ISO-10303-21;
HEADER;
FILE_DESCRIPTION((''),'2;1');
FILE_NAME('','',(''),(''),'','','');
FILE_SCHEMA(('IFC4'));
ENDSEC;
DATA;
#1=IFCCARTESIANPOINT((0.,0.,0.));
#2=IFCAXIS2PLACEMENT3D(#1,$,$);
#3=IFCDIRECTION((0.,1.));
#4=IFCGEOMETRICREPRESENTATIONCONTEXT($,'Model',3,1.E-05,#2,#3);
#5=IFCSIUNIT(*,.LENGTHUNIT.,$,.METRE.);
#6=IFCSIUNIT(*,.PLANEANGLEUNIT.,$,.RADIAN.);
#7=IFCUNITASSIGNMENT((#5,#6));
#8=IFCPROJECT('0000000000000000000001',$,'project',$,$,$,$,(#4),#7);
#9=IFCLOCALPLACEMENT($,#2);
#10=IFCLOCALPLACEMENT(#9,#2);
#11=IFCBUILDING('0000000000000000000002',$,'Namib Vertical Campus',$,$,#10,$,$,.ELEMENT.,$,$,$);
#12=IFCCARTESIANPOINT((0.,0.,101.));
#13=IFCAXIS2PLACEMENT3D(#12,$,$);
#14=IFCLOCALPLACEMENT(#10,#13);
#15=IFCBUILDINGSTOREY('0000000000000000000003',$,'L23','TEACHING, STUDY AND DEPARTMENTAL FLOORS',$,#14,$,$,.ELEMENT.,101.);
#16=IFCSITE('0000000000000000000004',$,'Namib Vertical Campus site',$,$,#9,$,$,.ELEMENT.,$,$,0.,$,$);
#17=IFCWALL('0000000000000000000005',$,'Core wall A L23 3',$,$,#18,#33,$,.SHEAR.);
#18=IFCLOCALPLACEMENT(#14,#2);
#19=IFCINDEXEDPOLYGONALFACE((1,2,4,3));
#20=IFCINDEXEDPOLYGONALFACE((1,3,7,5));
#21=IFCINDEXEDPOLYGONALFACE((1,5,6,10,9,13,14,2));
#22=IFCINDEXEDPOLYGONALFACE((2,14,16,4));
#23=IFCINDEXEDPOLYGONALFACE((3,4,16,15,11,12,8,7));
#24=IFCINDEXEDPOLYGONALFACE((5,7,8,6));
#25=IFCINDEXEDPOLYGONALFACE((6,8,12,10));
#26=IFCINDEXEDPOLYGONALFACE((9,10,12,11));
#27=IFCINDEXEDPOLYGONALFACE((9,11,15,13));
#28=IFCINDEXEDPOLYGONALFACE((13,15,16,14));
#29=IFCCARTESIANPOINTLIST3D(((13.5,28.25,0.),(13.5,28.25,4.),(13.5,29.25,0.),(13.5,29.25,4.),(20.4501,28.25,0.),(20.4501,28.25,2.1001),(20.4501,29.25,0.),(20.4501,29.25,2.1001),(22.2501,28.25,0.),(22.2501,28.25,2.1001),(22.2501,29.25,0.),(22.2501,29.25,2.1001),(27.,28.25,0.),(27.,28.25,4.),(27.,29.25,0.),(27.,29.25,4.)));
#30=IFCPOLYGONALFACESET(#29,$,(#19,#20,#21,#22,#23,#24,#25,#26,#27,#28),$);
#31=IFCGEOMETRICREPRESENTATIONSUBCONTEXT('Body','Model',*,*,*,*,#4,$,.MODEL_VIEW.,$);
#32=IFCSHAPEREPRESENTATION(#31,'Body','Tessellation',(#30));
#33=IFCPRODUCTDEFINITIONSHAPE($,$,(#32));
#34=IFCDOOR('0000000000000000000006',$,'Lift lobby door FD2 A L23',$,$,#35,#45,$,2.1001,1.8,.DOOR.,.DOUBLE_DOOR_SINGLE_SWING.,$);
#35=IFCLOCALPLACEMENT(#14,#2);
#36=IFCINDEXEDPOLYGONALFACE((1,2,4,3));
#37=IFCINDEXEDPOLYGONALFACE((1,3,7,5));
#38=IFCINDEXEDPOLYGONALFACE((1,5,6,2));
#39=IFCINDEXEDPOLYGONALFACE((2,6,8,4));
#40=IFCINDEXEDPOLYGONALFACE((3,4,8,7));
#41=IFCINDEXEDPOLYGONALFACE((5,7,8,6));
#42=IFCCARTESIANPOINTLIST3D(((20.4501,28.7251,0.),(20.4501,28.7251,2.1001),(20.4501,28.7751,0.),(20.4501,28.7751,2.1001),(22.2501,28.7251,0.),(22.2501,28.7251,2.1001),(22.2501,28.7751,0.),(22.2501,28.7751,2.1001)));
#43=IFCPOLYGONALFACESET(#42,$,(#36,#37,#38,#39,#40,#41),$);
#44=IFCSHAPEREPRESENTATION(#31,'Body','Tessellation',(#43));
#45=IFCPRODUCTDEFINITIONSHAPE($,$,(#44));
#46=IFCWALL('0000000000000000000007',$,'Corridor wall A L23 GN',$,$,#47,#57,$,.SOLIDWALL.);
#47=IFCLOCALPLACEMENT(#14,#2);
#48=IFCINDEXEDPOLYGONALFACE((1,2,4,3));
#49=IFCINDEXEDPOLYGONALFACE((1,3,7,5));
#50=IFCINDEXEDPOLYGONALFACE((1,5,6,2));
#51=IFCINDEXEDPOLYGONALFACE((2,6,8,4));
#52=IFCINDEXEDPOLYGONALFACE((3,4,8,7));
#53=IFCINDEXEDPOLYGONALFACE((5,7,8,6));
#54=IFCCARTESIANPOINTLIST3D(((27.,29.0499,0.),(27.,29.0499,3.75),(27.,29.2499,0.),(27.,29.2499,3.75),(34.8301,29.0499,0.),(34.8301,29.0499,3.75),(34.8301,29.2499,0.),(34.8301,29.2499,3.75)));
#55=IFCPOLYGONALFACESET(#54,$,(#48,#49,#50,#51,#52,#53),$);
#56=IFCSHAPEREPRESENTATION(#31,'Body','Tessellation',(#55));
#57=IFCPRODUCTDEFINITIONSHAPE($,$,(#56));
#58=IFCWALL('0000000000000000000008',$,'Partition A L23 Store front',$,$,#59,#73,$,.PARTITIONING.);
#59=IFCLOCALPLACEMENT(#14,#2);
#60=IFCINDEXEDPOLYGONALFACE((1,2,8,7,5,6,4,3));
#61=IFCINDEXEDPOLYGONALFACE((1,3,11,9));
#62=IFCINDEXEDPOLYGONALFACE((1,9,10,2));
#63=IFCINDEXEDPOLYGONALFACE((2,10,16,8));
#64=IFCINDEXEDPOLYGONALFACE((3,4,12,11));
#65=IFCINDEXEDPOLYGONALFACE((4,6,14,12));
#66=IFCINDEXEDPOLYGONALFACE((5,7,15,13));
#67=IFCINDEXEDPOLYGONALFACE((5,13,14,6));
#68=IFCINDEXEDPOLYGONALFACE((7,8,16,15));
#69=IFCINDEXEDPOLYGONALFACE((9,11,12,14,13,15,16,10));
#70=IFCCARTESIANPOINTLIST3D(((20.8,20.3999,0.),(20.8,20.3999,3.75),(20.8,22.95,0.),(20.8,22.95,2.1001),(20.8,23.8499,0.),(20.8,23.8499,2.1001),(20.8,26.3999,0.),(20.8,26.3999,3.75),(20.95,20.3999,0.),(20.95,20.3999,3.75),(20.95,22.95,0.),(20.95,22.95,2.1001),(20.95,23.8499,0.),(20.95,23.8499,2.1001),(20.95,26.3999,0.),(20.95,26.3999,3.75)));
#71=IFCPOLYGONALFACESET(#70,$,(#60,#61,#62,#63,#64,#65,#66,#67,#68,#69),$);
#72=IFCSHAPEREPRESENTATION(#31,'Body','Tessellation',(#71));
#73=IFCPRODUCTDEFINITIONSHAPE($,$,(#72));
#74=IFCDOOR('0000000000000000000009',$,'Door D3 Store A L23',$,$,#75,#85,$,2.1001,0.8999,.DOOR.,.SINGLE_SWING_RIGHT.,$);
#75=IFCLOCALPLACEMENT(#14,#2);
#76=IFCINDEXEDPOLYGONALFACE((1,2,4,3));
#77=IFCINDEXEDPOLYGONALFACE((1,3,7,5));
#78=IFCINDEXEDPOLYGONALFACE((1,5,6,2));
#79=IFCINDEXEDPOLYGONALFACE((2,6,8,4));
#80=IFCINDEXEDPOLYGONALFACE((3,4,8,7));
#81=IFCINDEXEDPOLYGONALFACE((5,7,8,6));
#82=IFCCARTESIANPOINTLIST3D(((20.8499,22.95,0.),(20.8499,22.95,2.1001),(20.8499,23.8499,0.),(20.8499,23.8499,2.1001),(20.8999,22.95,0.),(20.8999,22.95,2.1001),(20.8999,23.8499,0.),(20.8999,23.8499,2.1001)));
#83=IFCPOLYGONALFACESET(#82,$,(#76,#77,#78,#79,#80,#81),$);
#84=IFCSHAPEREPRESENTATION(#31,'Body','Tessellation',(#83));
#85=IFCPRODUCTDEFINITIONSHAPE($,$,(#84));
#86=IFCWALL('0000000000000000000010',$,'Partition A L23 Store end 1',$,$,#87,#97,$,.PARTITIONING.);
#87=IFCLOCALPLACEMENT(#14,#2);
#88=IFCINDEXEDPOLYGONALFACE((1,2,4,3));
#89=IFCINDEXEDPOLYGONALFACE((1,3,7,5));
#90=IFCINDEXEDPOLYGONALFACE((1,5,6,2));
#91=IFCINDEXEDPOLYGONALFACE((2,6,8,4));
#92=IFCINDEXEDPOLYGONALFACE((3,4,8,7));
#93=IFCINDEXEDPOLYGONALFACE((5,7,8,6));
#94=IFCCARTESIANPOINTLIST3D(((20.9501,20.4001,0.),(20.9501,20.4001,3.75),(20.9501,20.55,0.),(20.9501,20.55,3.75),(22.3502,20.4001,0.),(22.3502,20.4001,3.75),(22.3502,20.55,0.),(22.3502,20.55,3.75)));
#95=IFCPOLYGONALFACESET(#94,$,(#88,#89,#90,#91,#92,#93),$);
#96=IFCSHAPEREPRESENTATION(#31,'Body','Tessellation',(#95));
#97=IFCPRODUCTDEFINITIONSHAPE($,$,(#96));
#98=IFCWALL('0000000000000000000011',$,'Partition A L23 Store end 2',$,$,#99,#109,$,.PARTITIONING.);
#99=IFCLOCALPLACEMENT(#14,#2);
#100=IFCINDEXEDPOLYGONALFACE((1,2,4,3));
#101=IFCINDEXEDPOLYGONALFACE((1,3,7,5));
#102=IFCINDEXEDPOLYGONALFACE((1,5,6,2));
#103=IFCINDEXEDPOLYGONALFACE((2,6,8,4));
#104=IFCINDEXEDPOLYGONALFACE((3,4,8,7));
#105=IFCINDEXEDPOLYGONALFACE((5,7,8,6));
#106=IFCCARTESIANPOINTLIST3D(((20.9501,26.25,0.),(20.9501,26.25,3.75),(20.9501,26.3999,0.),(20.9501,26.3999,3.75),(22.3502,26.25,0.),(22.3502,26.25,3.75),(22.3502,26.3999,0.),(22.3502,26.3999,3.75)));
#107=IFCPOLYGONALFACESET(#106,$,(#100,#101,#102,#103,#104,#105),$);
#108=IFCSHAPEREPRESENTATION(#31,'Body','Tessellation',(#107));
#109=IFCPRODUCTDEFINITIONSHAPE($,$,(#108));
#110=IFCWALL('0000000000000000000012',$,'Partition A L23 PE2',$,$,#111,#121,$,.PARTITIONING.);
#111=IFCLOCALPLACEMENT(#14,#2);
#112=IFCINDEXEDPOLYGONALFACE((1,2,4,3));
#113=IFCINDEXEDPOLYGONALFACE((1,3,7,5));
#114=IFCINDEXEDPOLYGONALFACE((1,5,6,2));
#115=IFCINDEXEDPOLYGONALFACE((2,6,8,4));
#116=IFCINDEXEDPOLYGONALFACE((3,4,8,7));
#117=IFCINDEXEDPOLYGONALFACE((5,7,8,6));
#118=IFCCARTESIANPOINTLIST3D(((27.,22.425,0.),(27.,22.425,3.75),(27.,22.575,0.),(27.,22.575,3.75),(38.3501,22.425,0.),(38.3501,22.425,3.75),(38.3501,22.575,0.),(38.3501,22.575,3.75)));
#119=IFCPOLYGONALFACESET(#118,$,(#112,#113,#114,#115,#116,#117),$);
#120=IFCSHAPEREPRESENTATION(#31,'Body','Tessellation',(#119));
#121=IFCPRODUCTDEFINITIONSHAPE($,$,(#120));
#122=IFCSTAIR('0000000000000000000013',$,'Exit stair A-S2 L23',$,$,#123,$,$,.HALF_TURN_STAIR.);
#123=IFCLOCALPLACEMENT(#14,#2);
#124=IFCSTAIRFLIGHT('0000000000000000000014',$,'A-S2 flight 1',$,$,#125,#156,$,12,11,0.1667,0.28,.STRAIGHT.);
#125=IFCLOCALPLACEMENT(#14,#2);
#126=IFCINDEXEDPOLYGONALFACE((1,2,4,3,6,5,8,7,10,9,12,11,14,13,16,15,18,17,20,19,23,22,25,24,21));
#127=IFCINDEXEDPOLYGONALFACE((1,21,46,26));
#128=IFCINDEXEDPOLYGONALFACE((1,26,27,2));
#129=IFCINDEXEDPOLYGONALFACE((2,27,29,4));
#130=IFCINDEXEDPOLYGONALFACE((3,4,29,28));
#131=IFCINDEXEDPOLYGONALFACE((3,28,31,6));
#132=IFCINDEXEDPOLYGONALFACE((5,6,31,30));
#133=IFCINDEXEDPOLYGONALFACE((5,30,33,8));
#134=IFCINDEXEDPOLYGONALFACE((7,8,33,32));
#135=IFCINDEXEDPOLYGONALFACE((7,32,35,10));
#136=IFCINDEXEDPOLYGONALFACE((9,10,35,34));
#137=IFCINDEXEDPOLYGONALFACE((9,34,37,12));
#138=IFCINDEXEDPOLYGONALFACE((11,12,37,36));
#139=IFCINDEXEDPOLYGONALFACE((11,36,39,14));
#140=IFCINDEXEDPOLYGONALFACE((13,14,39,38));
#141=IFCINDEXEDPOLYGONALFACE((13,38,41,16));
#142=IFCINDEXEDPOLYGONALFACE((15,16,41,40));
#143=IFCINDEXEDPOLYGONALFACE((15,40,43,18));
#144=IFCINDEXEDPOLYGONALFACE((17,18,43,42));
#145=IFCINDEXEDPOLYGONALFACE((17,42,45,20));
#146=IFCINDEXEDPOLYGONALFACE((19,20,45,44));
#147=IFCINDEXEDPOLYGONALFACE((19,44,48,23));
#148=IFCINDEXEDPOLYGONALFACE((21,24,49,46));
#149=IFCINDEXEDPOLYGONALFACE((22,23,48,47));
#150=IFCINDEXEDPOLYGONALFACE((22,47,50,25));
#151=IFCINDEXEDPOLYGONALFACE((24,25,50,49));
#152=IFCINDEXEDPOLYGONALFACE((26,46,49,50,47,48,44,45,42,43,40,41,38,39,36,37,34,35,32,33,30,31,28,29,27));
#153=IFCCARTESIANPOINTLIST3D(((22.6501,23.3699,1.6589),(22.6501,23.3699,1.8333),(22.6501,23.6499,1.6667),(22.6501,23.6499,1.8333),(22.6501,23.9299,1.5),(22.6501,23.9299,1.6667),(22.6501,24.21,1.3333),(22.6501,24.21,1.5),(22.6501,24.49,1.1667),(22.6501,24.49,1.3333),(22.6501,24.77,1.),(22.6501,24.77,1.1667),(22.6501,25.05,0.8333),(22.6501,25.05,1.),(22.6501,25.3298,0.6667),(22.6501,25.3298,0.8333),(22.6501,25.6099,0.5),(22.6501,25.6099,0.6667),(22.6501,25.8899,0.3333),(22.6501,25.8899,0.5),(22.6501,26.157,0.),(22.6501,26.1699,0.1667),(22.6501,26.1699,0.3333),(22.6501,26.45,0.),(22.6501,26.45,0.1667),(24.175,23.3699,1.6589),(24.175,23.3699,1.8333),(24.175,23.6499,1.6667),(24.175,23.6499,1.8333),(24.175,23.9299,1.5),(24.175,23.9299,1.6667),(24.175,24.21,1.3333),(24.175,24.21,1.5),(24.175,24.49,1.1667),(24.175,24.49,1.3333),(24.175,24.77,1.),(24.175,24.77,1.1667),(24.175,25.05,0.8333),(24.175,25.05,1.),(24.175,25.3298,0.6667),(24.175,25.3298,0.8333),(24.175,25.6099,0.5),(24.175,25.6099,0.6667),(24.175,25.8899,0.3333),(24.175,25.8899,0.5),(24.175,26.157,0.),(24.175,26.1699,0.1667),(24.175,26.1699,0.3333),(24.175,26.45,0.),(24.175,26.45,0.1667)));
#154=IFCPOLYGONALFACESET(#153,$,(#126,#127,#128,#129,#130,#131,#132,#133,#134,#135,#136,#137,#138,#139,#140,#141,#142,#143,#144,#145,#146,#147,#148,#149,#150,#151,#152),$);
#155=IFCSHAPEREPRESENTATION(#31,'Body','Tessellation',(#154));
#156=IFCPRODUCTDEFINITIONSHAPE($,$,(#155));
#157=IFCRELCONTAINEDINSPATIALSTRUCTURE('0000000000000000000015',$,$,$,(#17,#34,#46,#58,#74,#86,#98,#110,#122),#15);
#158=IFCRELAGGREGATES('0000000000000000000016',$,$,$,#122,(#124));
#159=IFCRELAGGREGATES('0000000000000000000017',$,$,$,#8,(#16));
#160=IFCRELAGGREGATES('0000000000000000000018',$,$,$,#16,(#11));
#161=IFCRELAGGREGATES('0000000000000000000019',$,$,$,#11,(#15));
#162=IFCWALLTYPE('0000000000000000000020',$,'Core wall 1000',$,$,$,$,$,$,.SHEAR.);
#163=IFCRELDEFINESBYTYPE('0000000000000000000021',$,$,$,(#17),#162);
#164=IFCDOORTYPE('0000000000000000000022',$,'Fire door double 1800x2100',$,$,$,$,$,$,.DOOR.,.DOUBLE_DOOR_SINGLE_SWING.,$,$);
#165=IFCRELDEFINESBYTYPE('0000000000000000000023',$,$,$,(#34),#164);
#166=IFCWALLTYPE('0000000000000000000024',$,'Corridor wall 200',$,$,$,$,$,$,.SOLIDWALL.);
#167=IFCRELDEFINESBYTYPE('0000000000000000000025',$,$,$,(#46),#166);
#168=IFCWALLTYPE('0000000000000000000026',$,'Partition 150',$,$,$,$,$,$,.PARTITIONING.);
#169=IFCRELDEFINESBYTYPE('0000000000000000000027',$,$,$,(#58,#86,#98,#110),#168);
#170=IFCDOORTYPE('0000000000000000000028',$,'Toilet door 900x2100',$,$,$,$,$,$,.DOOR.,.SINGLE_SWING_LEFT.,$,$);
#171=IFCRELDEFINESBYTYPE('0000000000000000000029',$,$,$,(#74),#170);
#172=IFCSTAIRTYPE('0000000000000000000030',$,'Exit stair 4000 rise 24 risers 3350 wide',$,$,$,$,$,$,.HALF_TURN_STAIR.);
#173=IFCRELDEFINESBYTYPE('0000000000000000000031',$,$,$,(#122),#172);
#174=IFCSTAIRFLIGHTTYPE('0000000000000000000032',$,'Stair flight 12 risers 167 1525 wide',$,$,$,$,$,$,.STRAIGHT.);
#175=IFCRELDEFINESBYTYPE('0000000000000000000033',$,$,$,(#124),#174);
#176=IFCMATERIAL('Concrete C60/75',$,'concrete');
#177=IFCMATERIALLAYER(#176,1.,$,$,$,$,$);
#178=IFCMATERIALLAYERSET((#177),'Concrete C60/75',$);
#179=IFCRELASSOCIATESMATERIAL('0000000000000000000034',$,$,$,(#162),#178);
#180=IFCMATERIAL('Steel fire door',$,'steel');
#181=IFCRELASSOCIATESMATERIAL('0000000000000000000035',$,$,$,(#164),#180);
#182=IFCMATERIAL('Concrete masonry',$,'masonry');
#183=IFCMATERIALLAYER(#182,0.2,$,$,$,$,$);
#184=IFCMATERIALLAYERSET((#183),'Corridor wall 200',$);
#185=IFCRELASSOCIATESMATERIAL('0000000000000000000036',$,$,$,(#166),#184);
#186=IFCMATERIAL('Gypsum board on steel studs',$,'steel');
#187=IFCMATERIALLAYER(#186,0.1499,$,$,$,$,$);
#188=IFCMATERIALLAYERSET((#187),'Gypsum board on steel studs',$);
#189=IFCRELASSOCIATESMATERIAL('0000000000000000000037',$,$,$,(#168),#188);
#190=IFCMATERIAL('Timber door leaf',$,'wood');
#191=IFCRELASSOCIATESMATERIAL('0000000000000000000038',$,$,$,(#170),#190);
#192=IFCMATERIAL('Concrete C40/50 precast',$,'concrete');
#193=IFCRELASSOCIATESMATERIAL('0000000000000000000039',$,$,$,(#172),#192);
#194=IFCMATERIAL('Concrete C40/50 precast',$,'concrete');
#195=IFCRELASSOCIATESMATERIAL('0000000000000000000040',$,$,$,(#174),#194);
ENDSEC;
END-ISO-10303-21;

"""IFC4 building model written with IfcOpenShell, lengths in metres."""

from ifc_helpers import new_model, si_unit, direction, frame, frame_2d, origin, place, context, subcontext, project, spatial, polyline, rectangle, outline, extrude, material, layer, layer_set, type_object, element, fill, aggregate, save


model = new_model("IFC4")

# Units and contexts
model_context = context("Model", 3, precision=1e-05, world=origin(), true_north=direction((0.0, 1.0)))
body_context = subcontext(model_context, "Body", "Model", "MODEL_VIEW")
ifc_project = project(units=[si_unit("LENGTHUNIT", "METRE"), si_unit("PLANEANGLEUNIT", "RADIAN")], contexts=[model_context])

# Site, building, storey
site_placement = place(None, origin())
site = spatial("IfcSite", under=ifc_project, at=site_placement, Name="Namib Vertical Campus site", CompositionType="ELEMENT", RefElevation=0.0)
building_placement = place(site_placement, origin())
building = spatial("IfcBuilding", under=site, at=building_placement, Name="Namib Vertical Campus", CompositionType="ELEMENT")
storey_placement = place(building_placement, frame((0.0, 0.0, 101.0)))
storey = spatial("IfcBuildingStorey", under=building, at=storey_placement, Name="L23", Description="TEACHING, STUDY AND DEPARTMENTAL FLOORS", CompositionType="ELEMENT", Elevation=101.0)

# Wall, opening, door
ifc_material_1 = material(Name="Concrete C60/75", Category="concrete")
ifc_layer_1 = layer(ifc_material_1, 1.0)
ifc_layer_set_1 = layer_set([ifc_layer_1], Name="Concrete C60/75")
wall_type_1 = type_object("IfcWallType", Name="Core wall 1000", PredefinedType="SHEAR", material=ifc_layer_set_1)
wall_1_placement = place(storey_placement, frame((27.0, 28.75, 0.0), z_axis=(0.0, 0.0, 1.0), x_axis=(-1.0, 0.0, 0.0)))
wall_1 = element("IfcWall", 1, at=wall_1_placement, inside=storey, type_object=wall_type_1, Name="Core wall A L23 3", PredefinedType="SHEAR", context=body_context, shape_type="SweptSolid", body=[
    extrude(rectangle(XDim=13.5, YDim=1.0, at=frame_2d((6.75, 0.0))), origin(), (0.0, 0.0, 1.0), 4.0),
])
opening_1_placement = place(wall_1_placement, frame((4.75, 0.0, 0.0)))
opening_1 = element("IfcOpeningElement", 2, at=opening_1_placement, cuts=wall_1, PredefinedType="OPENING", context=body_context, shape_type="SweptSolid", body=[
    extrude(rectangle(XDim=1.8, YDim=2.1001, at=frame_2d((0.8999, 1.05))), frame((0.0, 0.51, 0.0), z_axis=(0.0, -1.0, 0.0), x_axis=(1.0, 0.0, 0.0)), (0.0, 0.0, 1.0), 1.02),
])
ifc_material_2 = material(Name="Steel fire door", Category="steel")
door_type_1 = type_object("IfcDoorType", Name="Fire door double 1800x2100", OperationType="DOUBLE_DOOR_SINGLE_SWING", PredefinedType="DOOR", material=ifc_material_2)
door_1_placement = place(opening_1_placement, origin())
door_1 = element("IfcDoor", 3, at=door_1_placement, inside=storey, type_object=door_type_1, Name="Lift lobby door FD2 A L23", OperationType="DOUBLE_DOOR_SINGLE_SWING", OverallHeight=2.1001, OverallWidth=1.8, PredefinedType="DOOR", context=body_context, shape_type="SweptSolid", body=[
    extrude(rectangle(XDim=1.8, YDim=2.1001, at=frame_2d((0.8999, 1.05))), frame((0.0, 0.0249, 0.0), z_axis=(0.0, -1.0, 0.0), x_axis=(1.0, 0.0, 0.0)), (0.0, 0.0, 1.0), 0.05),
])
fill(opening_1, door_1)

# Wall
ifc_material_3 = material(Name="Concrete masonry", Category="masonry")
ifc_layer_2 = layer(ifc_material_3, 0.2)
ifc_layer_set_2 = layer_set([ifc_layer_2], Name="Corridor wall 200")
wall_type_2 = type_object("IfcWallType", Name="Corridor wall 200", PredefinedType="SOLIDWALL", material=ifc_layer_set_2)
wall_2_placement = place(storey_placement, frame((27.0, 29.1499, 0.0), z_axis=(0.0, 0.0, 1.0), x_axis=(1.0, 0.0, 0.0)))
element("IfcWall", 4, at=wall_2_placement, inside=storey, type_object=wall_type_2, Name="Corridor wall A L23 GN", PredefinedType="SOLIDWALL", context=body_context, shape_type="SweptSolid", body=[
    extrude(rectangle(XDim=7.8301, YDim=0.2, at=frame_2d((3.915, 0.0))), origin(), (0.0, 0.0, 1.0), 3.75),
])

# Wall, opening, door
ifc_material_4 = material(Name="Gypsum board on steel studs", Category="steel")
ifc_layer_3 = layer(ifc_material_4, 0.1499)
ifc_layer_set_3 = layer_set([ifc_layer_3], Name="Gypsum board on steel studs")
wall_type_3 = type_object("IfcWallType", Name="Partition 150", PredefinedType="PARTITIONING", material=ifc_layer_set_3)
wall_3_placement = place(storey_placement, frame((20.875, 20.3999, 0.0), z_axis=(0.0, 0.0, 1.0), x_axis=(0.0, 1.0, 0.0)))
wall_3 = element("IfcWall", 5, at=wall_3_placement, inside=storey, type_object=wall_type_3, Name="Partition A L23 Store front", PredefinedType="PARTITIONING", context=body_context, shape_type="SweptSolid", body=[
    extrude(rectangle(XDim=6.0, YDim=0.1499, at=frame_2d((3.0, 0.0))), origin(), (0.0, 0.0, 1.0), 3.75),
])
opening_2_placement = place(wall_3_placement, frame((2.55, 0.0, 0.0)))
opening_2 = element("IfcOpeningElement", 6, at=opening_2_placement, cuts=wall_3, PredefinedType="OPENING", context=body_context, shape_type="SweptSolid", body=[
    extrude(rectangle(XDim=0.8999, YDim=2.1001, at=frame_2d((0.45, 1.05))), frame((0.0, 0.085, 0.0), z_axis=(0.0, -1.0, 0.0), x_axis=(1.0, 0.0, 0.0)), (0.0, 0.0, 1.0), 0.1699),
])
ifc_material_5 = material(Name="Timber door leaf", Category="wood")
door_type_2 = type_object("IfcDoorType", Name="Toilet door 900x2100", OperationType="SINGLE_SWING_LEFT", PredefinedType="DOOR", material=ifc_material_5)
door_2_placement = place(opening_2_placement, frame((0.8999, 0.0, 0.0), z_axis=(0.0, 0.0, 1.0), x_axis=(-1.0, 0.0, 0.0)))
door_2 = element("IfcDoor", 7, at=door_2_placement, inside=storey, type_object=door_type_2, Name="Door D3 Store A L23", OperationType="SINGLE_SWING_RIGHT", OverallHeight=2.1001, OverallWidth=0.8999, PredefinedType="DOOR", context=body_context, shape_type="SweptSolid", body=[
    extrude(rectangle(XDim=0.8999, YDim=2.1001, at=frame_2d((0.45, 1.05))), frame((0.0, 0.0249, 0.0), z_axis=(0.0, -1.0, 0.0), x_axis=(1.0, 0.0, 0.0)), (0.0, 0.0, 1.0), 0.05),
])
fill(opening_2, door_2)

# Walls
for number, where, z_axis, x_axis, name in (
    (8, (20.95, 20.4751, 0.0), (0.0, 0.0, 1.0), (1.0, 0.0, 0.0), "Partition A L23 Store end 1"),
    (9, (20.95, 26.325, 0.0), (0.0, 0.0, 1.0), (1.0, 0.0, 0.0), "Partition A L23 Store end 2"),
):
    element("IfcWall", number, at=place(storey_placement, frame(where, z_axis=z_axis, x_axis=x_axis)), inside=storey, type_object=wall_type_3, Name=name, PredefinedType="PARTITIONING", context=body_context, shape_type="SweptSolid", body=[
        extrude(rectangle(XDim=1.4001, YDim=0.1499, at=frame_2d((0.7002, 0.0))), origin(), (0.0, 0.0, 1.0), 3.75),
    ])
wall_4_placement = place(storey_placement, frame((27.0, 22.5, 0.0), z_axis=(0.0, 0.0, 1.0), x_axis=(1.0, 0.0, 0.0)))
element("IfcWall", 10, at=wall_4_placement, inside=storey, type_object=wall_type_3, Name="Partition A L23 PE2", PredefinedType="PARTITIONING", context=body_context, shape_type="SweptSolid", body=[
    extrude(rectangle(XDim=11.3501, YDim=0.1499, at=frame_2d((5.675, 0.0))), origin(), (0.0, 0.0, 1.0), 3.75),
])

# Stair, stair flight
ifc_material_6 = material(Name="Concrete C40/50 precast", Category="concrete")
stair_type = type_object("IfcStairType", Name="Exit stair 4000 rise 24 risers 3350 wide", PredefinedType="HALF_TURN_STAIR", material=ifc_material_6)
stair_placement = place(storey_placement, origin())
stair = element("IfcStair", 11, at=stair_placement, inside=storey, type_object=stair_type, Name="Exit stair A-S2 L23", PredefinedType="HALF_TURN_STAIR")
ifc_material_7 = material(Name="Concrete C40/50 precast", Category="concrete")
stair_flight_type = type_object("IfcStairFlightType", Name="Stair flight 12 risers 167 1525 wide", PredefinedType="STRAIGHT", material=ifc_material_7)
stair_flight_1_placement = place(storey_placement, frame((23.4126, 26.45, 0.0), z_axis=(0.0, 0.0, 1.0), x_axis=(0.0, -1.0, 0.0)))
stair_flight_1 = element("IfcStairFlight", 12, at=stair_flight_1_placement, type_object=stair_flight_type, Name="A-S2 flight 1", NumberOfRisers=12, NumberOfTreads=11, PredefinedType="STRAIGHT", RiserHeight=0.1667, TreadLength=0.28, context=body_context, shape_type="SweptSolid", body=[
    extrude(outline(polyline([(0.0, 0.0), (0.0, 0.1667), (0.28, 0.1667), (0.28, 0.3333), (0.5601, 0.3333), (0.5601, 0.5), (0.8401, 0.5), (0.8401, 0.6667), (1.1201, 0.6667), (1.1201, 0.8333), (1.3999, 0.8333), (1.3999, 1.0), (1.6799, 1.0), (1.6799, 1.1667), (1.96, 1.1667), (1.96, 1.3333), (2.24, 1.3333), (2.24, 1.5), (2.52, 1.5), (2.52, 1.6667), (2.8, 1.6667), (2.8, 1.8333), (3.0801, 1.8333), (3.0801, 2.0), (3.0801, 1.6589), (0.293, 0.0), (0.0, 0.0)])), frame((0.0, 0.7625, 0.0), z_axis=(0.0, -1.0, 0.0), x_axis=(1.0, 0.0, 0.0)), (0.0, 0.0, 1.0), 1.5249),
])
aggregate(stair, [stair_flight_1])

save(model, "model.ifc")
